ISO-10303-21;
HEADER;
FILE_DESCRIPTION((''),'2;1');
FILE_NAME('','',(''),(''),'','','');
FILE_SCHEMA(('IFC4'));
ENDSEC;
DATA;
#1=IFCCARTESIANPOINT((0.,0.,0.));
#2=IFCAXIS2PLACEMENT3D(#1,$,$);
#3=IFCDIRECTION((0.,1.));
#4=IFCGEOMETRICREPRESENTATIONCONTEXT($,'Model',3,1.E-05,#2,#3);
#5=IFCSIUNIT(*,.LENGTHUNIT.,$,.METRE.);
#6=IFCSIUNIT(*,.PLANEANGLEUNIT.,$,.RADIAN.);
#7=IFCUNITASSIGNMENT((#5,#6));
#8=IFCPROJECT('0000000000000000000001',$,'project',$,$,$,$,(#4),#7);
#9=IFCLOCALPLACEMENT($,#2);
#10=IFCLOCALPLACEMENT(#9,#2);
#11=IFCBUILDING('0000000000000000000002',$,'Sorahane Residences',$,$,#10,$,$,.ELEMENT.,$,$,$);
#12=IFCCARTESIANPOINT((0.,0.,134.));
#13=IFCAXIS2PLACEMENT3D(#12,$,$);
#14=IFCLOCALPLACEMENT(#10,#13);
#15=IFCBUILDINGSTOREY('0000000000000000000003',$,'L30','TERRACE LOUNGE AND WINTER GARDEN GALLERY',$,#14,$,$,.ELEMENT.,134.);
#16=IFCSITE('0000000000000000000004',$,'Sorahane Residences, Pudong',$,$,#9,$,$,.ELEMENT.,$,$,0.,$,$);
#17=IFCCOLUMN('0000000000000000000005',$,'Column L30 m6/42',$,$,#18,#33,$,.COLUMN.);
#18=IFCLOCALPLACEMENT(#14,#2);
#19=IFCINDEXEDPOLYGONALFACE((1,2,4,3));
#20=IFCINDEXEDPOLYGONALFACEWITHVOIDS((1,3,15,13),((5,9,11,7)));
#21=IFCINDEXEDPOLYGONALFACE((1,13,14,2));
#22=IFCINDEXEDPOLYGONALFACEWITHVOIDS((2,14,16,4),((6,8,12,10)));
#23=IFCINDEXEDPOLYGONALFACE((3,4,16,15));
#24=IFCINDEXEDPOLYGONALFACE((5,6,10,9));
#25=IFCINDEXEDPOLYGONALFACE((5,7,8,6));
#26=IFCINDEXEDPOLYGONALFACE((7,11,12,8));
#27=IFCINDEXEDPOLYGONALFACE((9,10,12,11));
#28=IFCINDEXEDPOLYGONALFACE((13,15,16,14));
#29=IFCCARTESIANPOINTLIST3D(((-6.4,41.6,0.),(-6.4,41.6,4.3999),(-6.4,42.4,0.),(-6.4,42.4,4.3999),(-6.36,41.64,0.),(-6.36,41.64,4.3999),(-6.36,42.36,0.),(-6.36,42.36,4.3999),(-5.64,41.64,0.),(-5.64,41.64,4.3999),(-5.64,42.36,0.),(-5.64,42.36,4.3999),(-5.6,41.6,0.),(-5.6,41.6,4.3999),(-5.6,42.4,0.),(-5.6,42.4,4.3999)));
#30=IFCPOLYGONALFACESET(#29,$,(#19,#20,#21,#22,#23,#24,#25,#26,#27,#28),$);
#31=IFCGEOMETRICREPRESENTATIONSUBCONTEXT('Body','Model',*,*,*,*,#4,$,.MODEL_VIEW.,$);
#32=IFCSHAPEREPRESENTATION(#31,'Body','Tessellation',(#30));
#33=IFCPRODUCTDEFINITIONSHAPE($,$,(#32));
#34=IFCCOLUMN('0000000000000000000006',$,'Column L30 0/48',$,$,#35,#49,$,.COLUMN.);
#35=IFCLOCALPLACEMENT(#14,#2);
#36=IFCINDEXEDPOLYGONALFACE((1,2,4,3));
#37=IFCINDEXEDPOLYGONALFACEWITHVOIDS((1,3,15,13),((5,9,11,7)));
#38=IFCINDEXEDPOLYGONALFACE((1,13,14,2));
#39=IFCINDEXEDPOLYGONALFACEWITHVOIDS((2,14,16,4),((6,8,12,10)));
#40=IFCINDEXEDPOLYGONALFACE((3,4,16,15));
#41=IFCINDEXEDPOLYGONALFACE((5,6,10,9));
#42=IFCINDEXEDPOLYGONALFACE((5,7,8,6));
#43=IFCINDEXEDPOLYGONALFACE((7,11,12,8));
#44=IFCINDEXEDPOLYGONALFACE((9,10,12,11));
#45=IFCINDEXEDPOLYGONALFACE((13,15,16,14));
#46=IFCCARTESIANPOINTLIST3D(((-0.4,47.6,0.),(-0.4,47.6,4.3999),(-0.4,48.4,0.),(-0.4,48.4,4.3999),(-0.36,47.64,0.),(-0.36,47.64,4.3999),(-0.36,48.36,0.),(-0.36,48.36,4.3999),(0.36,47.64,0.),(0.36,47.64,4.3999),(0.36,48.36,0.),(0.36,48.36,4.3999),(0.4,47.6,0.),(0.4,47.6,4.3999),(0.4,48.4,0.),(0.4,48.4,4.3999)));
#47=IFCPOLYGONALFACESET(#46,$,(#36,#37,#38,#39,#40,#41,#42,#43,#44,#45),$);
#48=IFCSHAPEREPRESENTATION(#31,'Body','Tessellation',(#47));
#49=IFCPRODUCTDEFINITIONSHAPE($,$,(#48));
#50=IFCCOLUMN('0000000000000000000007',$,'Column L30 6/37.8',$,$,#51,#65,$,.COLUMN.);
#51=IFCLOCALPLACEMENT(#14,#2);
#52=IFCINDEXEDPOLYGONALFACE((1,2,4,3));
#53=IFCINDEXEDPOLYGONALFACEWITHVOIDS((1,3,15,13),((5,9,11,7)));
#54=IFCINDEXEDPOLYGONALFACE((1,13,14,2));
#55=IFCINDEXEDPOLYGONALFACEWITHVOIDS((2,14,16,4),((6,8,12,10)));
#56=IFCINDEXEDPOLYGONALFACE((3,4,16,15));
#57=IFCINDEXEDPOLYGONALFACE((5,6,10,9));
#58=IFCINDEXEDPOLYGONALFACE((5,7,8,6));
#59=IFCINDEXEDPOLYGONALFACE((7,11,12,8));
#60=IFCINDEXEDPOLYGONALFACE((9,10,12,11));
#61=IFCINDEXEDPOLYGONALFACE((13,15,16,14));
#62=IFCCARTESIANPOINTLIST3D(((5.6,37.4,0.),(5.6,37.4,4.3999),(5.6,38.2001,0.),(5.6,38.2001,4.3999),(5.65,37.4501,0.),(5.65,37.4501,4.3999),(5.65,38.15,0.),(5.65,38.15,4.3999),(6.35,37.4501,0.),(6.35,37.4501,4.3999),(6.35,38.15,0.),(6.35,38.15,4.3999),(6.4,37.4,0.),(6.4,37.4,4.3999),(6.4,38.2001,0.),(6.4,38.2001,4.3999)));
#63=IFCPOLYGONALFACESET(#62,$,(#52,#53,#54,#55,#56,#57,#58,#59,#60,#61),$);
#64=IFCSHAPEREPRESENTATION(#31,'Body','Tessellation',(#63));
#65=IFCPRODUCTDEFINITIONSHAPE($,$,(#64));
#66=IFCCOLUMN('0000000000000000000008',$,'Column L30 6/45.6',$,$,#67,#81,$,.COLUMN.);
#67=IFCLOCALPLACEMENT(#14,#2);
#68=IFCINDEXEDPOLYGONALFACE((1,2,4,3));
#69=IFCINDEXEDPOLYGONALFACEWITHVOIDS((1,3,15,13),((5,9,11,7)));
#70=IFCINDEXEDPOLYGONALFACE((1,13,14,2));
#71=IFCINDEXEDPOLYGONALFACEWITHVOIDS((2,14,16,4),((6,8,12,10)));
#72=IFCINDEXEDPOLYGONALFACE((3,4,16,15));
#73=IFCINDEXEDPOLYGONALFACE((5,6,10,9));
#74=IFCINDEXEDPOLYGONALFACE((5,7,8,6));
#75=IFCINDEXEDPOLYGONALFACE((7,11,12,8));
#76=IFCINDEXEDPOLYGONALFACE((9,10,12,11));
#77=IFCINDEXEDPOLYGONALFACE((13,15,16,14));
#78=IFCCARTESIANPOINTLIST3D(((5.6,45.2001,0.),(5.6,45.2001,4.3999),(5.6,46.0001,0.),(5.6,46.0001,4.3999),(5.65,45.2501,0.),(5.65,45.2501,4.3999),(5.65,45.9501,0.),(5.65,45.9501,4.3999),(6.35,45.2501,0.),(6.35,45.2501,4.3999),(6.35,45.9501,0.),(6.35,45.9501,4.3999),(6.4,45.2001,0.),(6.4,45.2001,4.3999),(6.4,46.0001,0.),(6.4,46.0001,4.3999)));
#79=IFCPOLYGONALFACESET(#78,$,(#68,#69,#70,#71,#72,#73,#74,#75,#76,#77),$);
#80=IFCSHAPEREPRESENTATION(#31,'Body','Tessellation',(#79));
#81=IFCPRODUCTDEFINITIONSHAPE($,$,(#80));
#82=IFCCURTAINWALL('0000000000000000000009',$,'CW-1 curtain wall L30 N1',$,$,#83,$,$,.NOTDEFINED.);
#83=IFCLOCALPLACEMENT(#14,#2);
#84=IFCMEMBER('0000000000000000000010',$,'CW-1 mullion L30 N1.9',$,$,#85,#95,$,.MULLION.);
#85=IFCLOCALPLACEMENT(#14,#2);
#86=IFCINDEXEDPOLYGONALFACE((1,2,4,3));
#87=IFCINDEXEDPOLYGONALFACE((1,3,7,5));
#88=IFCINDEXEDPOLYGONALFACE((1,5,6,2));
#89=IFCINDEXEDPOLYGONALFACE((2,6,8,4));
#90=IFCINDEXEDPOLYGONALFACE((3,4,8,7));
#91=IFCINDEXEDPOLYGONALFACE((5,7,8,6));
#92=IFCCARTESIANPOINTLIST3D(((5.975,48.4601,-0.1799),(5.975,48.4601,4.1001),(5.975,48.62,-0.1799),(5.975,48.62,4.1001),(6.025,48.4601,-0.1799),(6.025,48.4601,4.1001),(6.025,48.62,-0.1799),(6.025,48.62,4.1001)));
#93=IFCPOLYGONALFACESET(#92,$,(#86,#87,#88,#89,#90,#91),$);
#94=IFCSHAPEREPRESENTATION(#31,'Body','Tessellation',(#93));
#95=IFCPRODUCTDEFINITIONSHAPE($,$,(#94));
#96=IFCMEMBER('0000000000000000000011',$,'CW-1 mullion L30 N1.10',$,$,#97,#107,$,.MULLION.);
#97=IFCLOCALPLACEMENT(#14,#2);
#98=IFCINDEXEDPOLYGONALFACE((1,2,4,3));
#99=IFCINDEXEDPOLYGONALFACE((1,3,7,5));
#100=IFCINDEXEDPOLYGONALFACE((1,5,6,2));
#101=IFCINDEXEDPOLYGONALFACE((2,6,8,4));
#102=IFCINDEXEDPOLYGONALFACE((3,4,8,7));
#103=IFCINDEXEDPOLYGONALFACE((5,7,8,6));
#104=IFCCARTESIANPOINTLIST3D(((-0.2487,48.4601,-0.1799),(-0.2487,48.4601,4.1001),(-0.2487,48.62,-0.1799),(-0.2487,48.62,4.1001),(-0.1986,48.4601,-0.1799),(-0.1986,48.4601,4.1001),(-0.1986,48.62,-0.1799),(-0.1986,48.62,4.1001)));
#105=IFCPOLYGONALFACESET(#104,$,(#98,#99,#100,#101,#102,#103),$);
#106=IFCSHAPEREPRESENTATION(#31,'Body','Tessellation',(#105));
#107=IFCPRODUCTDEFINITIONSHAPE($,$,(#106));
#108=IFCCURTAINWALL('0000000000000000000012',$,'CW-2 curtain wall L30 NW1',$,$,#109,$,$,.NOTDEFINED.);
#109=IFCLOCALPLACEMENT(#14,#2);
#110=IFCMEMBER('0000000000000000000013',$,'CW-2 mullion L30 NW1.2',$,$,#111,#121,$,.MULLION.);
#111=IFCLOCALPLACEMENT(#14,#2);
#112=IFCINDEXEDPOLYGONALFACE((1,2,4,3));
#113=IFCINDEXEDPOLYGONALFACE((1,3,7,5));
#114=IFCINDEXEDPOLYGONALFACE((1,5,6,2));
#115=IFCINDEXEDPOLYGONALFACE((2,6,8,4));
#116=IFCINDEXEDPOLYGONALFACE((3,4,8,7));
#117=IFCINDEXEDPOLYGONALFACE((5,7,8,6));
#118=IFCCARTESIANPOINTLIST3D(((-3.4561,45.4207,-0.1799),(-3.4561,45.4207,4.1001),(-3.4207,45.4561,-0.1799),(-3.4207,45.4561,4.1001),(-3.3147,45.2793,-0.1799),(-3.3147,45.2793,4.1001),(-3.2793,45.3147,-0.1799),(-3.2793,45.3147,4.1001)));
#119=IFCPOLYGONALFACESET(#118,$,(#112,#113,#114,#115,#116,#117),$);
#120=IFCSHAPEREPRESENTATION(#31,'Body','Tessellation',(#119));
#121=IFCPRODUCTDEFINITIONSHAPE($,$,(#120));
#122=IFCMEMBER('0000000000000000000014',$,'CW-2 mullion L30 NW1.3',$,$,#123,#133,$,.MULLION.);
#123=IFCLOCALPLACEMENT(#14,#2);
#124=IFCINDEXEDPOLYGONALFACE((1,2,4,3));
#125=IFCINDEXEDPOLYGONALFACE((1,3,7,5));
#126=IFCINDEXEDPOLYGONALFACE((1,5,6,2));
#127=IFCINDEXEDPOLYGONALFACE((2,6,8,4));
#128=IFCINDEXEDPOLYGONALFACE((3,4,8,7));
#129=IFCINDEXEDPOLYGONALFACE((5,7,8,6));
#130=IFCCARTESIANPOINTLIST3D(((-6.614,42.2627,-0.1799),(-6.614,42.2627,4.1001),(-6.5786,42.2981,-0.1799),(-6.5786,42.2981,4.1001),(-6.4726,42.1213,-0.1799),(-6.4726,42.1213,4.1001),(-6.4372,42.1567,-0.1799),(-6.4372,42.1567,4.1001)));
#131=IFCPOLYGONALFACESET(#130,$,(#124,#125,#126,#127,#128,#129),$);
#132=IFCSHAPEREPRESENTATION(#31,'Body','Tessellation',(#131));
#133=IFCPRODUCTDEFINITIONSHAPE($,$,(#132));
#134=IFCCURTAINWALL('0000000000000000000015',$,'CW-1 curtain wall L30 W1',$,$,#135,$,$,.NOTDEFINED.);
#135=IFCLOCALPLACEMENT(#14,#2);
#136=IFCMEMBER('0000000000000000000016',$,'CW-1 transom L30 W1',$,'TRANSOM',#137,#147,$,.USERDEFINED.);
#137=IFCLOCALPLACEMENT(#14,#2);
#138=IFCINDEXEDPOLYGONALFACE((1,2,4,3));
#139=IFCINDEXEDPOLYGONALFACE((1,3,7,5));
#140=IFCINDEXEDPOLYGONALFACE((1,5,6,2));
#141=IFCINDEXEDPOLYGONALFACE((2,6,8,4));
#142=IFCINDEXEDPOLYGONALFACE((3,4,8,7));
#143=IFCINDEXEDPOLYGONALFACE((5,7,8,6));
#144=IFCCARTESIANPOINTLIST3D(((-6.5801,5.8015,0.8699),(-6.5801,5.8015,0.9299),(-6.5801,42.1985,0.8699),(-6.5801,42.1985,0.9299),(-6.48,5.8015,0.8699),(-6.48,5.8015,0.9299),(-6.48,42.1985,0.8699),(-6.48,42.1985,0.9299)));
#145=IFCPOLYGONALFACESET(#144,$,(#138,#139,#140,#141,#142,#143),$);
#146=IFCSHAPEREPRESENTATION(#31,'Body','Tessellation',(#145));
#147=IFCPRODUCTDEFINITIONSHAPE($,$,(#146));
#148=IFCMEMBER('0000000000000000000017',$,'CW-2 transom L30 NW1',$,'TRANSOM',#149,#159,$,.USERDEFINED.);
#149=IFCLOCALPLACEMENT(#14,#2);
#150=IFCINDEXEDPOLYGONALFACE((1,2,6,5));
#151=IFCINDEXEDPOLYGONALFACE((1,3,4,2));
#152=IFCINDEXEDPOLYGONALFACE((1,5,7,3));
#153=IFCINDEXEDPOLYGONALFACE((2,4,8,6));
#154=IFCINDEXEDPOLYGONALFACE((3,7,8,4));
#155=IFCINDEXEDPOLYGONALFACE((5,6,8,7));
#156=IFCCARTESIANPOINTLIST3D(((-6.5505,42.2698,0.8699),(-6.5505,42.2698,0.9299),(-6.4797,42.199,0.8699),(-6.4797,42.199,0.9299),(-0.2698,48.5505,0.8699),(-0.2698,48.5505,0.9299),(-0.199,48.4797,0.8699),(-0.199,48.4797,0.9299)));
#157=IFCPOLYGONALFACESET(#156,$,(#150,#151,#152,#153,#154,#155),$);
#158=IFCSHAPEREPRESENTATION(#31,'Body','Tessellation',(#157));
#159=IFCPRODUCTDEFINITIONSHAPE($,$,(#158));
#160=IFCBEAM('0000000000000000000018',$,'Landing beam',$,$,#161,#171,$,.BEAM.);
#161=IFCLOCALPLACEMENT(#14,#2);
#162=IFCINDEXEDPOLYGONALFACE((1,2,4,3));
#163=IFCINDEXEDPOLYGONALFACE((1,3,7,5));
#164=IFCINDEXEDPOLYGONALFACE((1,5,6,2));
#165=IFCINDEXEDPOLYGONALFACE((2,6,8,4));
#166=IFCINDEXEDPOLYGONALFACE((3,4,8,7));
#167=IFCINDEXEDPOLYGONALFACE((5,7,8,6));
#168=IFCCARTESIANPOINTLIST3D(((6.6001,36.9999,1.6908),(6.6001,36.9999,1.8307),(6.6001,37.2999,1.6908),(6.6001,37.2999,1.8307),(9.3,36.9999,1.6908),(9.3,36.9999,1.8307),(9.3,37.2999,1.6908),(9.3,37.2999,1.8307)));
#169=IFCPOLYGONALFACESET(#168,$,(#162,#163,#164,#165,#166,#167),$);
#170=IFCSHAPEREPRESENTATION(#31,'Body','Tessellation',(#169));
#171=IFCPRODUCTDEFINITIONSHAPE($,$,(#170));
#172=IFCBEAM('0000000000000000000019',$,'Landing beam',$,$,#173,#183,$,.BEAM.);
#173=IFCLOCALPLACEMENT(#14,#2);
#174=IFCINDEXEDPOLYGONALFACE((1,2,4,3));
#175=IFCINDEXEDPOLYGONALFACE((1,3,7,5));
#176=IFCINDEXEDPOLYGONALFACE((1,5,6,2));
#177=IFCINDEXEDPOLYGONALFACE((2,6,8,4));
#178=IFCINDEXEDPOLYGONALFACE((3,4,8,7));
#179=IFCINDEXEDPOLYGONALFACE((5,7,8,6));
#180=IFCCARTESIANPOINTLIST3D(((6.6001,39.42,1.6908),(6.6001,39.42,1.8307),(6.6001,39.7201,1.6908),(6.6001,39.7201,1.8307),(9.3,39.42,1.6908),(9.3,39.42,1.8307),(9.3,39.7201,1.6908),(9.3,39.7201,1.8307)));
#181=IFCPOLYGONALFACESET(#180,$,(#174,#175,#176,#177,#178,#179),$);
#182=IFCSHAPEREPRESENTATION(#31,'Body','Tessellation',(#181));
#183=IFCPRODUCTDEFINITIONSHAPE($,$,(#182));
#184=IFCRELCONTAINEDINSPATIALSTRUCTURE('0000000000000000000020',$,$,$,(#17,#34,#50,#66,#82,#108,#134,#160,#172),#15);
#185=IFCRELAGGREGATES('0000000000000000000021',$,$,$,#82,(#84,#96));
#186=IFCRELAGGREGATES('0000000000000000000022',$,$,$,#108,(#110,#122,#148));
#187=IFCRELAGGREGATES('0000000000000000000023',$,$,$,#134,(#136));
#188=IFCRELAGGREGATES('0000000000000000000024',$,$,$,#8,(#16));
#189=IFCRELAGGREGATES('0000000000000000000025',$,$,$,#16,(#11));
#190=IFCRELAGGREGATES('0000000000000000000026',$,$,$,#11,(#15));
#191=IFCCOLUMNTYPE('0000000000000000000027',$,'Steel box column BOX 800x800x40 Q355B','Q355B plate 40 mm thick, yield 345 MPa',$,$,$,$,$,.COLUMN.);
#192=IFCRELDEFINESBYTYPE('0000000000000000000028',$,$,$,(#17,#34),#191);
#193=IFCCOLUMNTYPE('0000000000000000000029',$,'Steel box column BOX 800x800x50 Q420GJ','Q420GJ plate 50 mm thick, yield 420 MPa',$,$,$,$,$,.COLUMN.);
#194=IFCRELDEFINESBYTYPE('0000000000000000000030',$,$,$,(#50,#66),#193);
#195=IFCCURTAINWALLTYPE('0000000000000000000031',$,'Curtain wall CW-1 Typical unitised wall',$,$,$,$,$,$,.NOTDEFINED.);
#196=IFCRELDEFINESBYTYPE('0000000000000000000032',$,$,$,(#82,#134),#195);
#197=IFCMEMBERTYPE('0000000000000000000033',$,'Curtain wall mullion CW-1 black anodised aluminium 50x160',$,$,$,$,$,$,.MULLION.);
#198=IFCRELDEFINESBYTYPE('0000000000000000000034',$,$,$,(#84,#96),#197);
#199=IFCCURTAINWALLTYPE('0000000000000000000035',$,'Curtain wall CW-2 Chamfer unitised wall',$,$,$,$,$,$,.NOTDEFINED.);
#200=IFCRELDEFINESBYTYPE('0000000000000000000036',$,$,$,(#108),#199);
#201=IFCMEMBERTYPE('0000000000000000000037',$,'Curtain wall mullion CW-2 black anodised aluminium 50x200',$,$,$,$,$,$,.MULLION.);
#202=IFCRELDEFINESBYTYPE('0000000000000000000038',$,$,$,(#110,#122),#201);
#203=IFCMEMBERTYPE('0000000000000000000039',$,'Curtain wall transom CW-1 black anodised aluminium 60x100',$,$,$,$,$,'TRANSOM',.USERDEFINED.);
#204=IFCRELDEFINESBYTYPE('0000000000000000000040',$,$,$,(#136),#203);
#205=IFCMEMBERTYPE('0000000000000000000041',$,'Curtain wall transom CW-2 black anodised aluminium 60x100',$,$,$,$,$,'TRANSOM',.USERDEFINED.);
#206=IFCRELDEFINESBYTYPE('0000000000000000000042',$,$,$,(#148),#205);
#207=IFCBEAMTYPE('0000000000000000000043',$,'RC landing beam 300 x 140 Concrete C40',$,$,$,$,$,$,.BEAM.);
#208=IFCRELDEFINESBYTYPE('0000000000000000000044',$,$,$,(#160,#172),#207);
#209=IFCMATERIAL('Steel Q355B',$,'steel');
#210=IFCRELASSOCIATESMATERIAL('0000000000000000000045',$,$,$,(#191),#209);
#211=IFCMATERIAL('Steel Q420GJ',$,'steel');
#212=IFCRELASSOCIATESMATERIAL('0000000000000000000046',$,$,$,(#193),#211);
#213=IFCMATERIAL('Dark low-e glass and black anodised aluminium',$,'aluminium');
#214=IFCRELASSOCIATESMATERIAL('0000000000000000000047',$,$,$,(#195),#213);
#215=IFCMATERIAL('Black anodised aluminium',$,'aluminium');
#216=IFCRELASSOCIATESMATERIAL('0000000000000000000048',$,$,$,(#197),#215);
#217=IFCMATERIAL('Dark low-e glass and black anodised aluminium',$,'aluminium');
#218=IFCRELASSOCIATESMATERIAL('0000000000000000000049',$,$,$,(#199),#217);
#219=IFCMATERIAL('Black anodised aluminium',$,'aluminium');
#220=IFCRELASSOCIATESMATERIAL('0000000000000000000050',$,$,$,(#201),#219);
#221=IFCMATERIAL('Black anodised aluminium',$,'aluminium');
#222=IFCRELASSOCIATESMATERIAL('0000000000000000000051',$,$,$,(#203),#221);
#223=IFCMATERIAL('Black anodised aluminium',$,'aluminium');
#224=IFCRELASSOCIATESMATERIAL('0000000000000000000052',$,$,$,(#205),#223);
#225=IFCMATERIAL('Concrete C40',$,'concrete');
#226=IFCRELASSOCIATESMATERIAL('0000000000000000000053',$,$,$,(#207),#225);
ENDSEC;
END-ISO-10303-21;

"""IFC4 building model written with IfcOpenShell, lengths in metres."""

from ifc_helpers import new_model, si_unit, direction, frame, origin, origin_2d, place, context, subcontext, project, spatial, rectangle, hollow_rectangle, extrude, material, material_profile, profile_set, type_object, element, aggregate, save


model = new_model("IFC4")

# Units and contexts
model_context = context("Model", 3, precision=1e-05, world=origin(), true_north=direction((0.0, 1.0)))
body_context = subcontext(model_context, "Body", "Model", "MODEL_VIEW")
ifc_project = project(units=[si_unit("LENGTHUNIT", "METRE"), si_unit("PLANEANGLEUNIT", "RADIAN")], contexts=[model_context])

# Site, building, storey
site_placement = place(None, origin())
site = spatial("IfcSite", under=ifc_project, at=site_placement, Name="Sorahane Residences, Pudong", CompositionType="ELEMENT", RefElevation=0.0)
building_placement = place(site_placement, origin())
building = spatial("IfcBuilding", under=site, at=building_placement, Name="Sorahane Residences", CompositionType="ELEMENT")
storey_placement = place(building_placement, frame((0.0, 0.0, 134.0)))
storey = spatial("IfcBuildingStorey", under=building, at=storey_placement, Name="L30", Description="TERRACE LOUNGE AND WINTER GARDEN GALLERY", CompositionType="ELEMENT", Elevation=134.0)

# Columns
ifc_material_1 = material(Name="Steel Q355B", Category="steel")
ifc_material_profile_1 = material_profile(ifc_material_1, hollow_rectangle(XDim=0.8, YDim=0.8, WallThickness=0.04, at=origin_2d()), Name="BOX 800x800x40")
ifc_profile_set_1 = profile_set([ifc_material_profile_1], Name="Steel Q355B")
column_type_1 = type_object("IfcColumnType", Name="Steel box column BOX 800x800x40 Q355B", Description="Q355B plate 40 mm thick, yield 345 MPa", PredefinedType="COLUMN", material=ifc_profile_set_1)
for number, where, z_axis, x_axis, name in (
    (1, (-6.0, 42.0, 0.0), (0.0, 0.0, 1.0), (1.0, 0.0, 0.0), "Column L30 m6/42"),
    (2, (0.0, 48.0, 0.0), (0.0, 0.0, 1.0), (1.0, 0.0, 0.0), "Column L30 0/48"),
):
    element("IfcColumn", number, at=place(storey_placement, frame(where, z_axis=z_axis, x_axis=x_axis)), inside=storey, type_object=column_type_1, Name=name, PredefinedType="COLUMN", context=body_context, shape_type="SweptSolid", body=[
        extrude(hollow_rectangle(XDim=0.8, YDim=0.8, WallThickness=0.04, at=origin_2d()), origin(), (0.0, 0.0, 1.0), 4.3999),
    ])
ifc_material_2 = material(Name="Steel Q420GJ", Category="steel")
ifc_material_profile_2 = material_profile(ifc_material_2, hollow_rectangle(XDim=0.8, YDim=0.8, WallThickness=0.05, at=origin_2d()), Name="BOX 800x800x50")
ifc_profile_set_2 = profile_set([ifc_material_profile_2], Name="Steel Q420GJ")
column_type_2 = type_object("IfcColumnType", Name="Steel box column BOX 800x800x50 Q420GJ", Description="Q420GJ plate 50 mm thick, yield 420 MPa", PredefinedType="COLUMN", material=ifc_profile_set_2)
for number, where, z_axis, x_axis, name in (
    (3, (6.0, 37.8, 0.0), (0.0, 0.0, 1.0), (1.0, 0.0, 0.0), "Column L30 6/37.8"),
    (4, (6.0, 45.6001, 0.0), (0.0, 0.0, 1.0), (1.0, 0.0, 0.0), "Column L30 6/45.6"),
):
    element("IfcColumn", number, at=place(storey_placement, frame(where, z_axis=z_axis, x_axis=x_axis)), inside=storey, type_object=column_type_2, Name=name, PredefinedType="COLUMN", context=body_context, shape_type="SweptSolid", body=[
        extrude(hollow_rectangle(XDim=0.8, YDim=0.8, WallThickness=0.05, at=origin_2d()), origin(), (0.0, 0.0, 1.0), 4.3999),
    ])

# Curtain walls, members
ifc_material_3 = material(Name="Dark low-e glass and black anodised aluminium", Category="aluminium")
curtain_wall_type_1 = type_object("IfcCurtainWallType", Name="Curtain wall CW-1 Typical unitised wall", PredefinedType="NOTDEFINED", material=ifc_material_3)
curtain_wall_1_placement = place(storey_placement, origin())
curtain_wall_1 = element("IfcCurtainWall", 5, at=curtain_wall_1_placement, inside=storey, type_object=curtain_wall_type_1, Name="CW-1 curtain wall L30 N1", PredefinedType="NOTDEFINED")
ifc_material_4 = material(Name="Black anodised aluminium", Category="aluminium")
ifc_material_profile_3 = material_profile(ifc_material_4, rectangle(XDim=0.1599, YDim=0.05, at=origin_2d()), Name="Curtain wall mullion CW-1 black anodised aluminium 50x160")
ifc_profile_set_3 = profile_set([ifc_material_profile_3], Name="Black anodised aluminium")
member_type_1 = type_object("IfcMemberType", Name="Curtain wall mullion CW-1 black anodised aluminium 50x160", PredefinedType="MULLION", material=ifc_profile_set_3)
member_1_placement = place(storey_placement, frame((6.0, 48.54, -0.1799), z_axis=(0.0, 0.0, 1.0), x_axis=(0.0, 1.0, 0.0)))
member_1 = element("IfcMember", 6, at=member_1_placement, type_object=member_type_1, Name="CW-1 mullion L30 N1.9", PredefinedType="MULLION", context=body_context, shape_type="SweptSolid", body=[
    extrude(rectangle(XDim=0.1599, YDim=0.05, at=origin_2d()), origin(), (0.0, 0.0, 1.0), 4.28),
])
member_2_placement = place(storey_placement, frame((-0.2236, 48.54, -0.1799), z_axis=(0.0, 0.0, 1.0), x_axis=(0.0, 1.0, 0.0)))
member_2 = element("IfcMember", 7, at=member_2_placement, type_object=member_type_1, Name="CW-1 mullion L30 N1.10", PredefinedType="MULLION", context=body_context, shape_type="SweptSolid", body=[
    extrude(rectangle(XDim=0.1599, YDim=0.05, at=origin_2d()), origin(), (0.0, 0.0, 1.0), 4.28),
])
ifc_material_5 = material(Name="Dark low-e glass and black anodised aluminium", Category="aluminium")
curtain_wall_type_2 = type_object("IfcCurtainWallType", Name="Curtain wall CW-2 Chamfer unitised wall", PredefinedType="NOTDEFINED", material=ifc_material_5)
curtain_wall_2_placement = place(storey_placement, origin())
curtain_wall_2 = element("IfcCurtainWall", 8, at=curtain_wall_2_placement, inside=storey, type_object=curtain_wall_type_2, Name="CW-2 curtain wall L30 NW1", PredefinedType="NOTDEFINED")
ifc_material_6 = material(Name="Black anodised aluminium", Category="aluminium")
ifc_material_profile_4 = material_profile(ifc_material_6, rectangle(XDim=0.2, YDim=0.05, at=origin_2d()), Name="Curtain wall mullion CW-2 black anodised aluminium 50x200")
ifc_profile_set_4 = profile_set([ifc_material_profile_4], Name="Black anodised aluminium")
member_type_2 = type_object("IfcMemberType", Name="Curtain wall mullion CW-2 black anodised aluminium 50x200", PredefinedType="MULLION", material=ifc_profile_set_4)
member_3_placement = place(storey_placement, frame((-3.3677, 45.3677, -0.1799), z_axis=(0.0, 0.0, 1.0), x_axis=(-0.707107, 0.707107, 0.0)))
member_3 = element("IfcMember", 9, at=member_3_placement, type_object=member_type_2, Name="CW-2 mullion L30 NW1.2", PredefinedType="MULLION", context=body_context, shape_type="SweptSolid", body=[
    extrude(rectangle(XDim=0.2, YDim=0.05, at=origin_2d()), origin(), (0.0, 0.0, 1.0), 4.28),
])
member_4_placement = place(storey_placement, frame((-6.5256, 42.2097, -0.1799), z_axis=(0.0, 0.0, 1.0), x_axis=(-0.707107, 0.707107, 0.0)))
member_4 = element("IfcMember", 10, at=member_4_placement, type_object=member_type_2, Name="CW-2 mullion L30 NW1.3", PredefinedType="MULLION", context=body_context, shape_type="SweptSolid", body=[
    extrude(rectangle(XDim=0.2, YDim=0.05, at=origin_2d()), origin(), (0.0, 0.0, 1.0), 4.28),
])

# Curtain wall, member
curtain_wall_3_placement = place(storey_placement, origin())
curtain_wall_3 = element("IfcCurtainWall", 11, at=curtain_wall_3_placement, inside=storey, type_object=curtain_wall_type_1, Name="CW-1 curtain wall L30 W1", PredefinedType="NOTDEFINED")
ifc_material_7 = material(Name="Black anodised aluminium", Category="aluminium")
ifc_material_profile_5 = material_profile(ifc_material_7, rectangle(XDim=0.1001, YDim=0.0601, at=origin_2d()), Name="Curtain wall transom CW-1 black anodised aluminium 60x100")
ifc_profile_set_5 = profile_set([ifc_material_profile_5], Name="Black anodised aluminium")
member_type_3 = type_object("IfcMemberType", Name="Curtain wall transom CW-1 black anodised aluminium 60x100", ElementType="TRANSOM", PredefinedType="USERDEFINED", material=ifc_profile_set_5)
member_5_placement = place(storey_placement, frame((-6.53, 42.1985, 0.8999), z_axis=(0.0, -1.0, 0.0), x_axis=(1.0, 0.0, 0.0)))
member_5 = element("IfcMember", 12, at=member_5_placement, type_object=member_type_3, Name="CW-1 transom L30 W1", ObjectType="TRANSOM", PredefinedType="USERDEFINED", context=body_context, shape_type="SweptSolid", body=[
    extrude(rectangle(XDim=0.1001, YDim=0.0601, at=origin_2d()), origin(), (0.0, 0.0, 1.0), 36.397),
])

# Member
ifc_material_8 = material(Name="Black anodised aluminium", Category="aluminium")
ifc_material_profile_6 = material_profile(ifc_material_8, rectangle(XDim=0.1001, YDim=0.0601, at=origin_2d()), Name="Curtain wall transom CW-2 black anodised aluminium 60x100")
ifc_profile_set_6 = profile_set([ifc_material_profile_6], Name="Black anodised aluminium")
member_type_4 = type_object("IfcMemberType", Name="Curtain wall transom CW-2 black anodised aluminium 60x100", ElementType="TRANSOM", PredefinedType="USERDEFINED", material=ifc_profile_set_6)
member_6_placement = place(storey_placement, frame((-0.2344, 48.5151, 0.8999), z_axis=(-0.707107, -0.707107, 0.0), x_axis=(0.707107, -0.707107, 0.0)))
member_6 = element("IfcMember", 13, at=member_6_placement, type_object=member_type_4, Name="CW-2 transom L30 NW1", ObjectType="TRANSOM", PredefinedType="USERDEFINED", context=body_context, shape_type="SweptSolid", body=[
    extrude(rectangle(XDim=0.1001, YDim=0.0601, at=origin_2d()), origin(), (0.0, 0.0, 1.0), 8.8823),
])

# Beams
ifc_material_9 = material(Name="Concrete C40", Category="concrete")
ifc_material_profile_7 = material_profile(ifc_material_9, rectangle(XDim=0.3, YDim=0.1399, at=origin_2d()), Name="300x140")
ifc_profile_set_7 = profile_set([ifc_material_profile_7], Name="Concrete C40")
beam_type_1 = type_object("IfcBeamType", Name="RC landing beam 300 x 140 Concrete C40", PredefinedType="BEAM", material=ifc_profile_set_7)
for number, where, z_axis, x_axis, name in (
    (14, (6.6001, 37.1499, 1.7607), (1.0, 0.0, 0.0), (0.0, 1.0, 0.0), "Landing beam"),
    (15, (6.6001, 39.5701, 1.7607), (1.0, 0.0, 0.0), (0.0, 1.0, 0.0), "Landing beam"),
):
    element("IfcBeam", number, at=place(storey_placement, frame(where, z_axis=z_axis, x_axis=x_axis)), inside=storey, type_object=beam_type_1, Name=name, PredefinedType="BEAM", context=body_context, shape_type="SweptSolid", body=[
        extrude(rectangle(XDim=0.3, YDim=0.1399, at=origin_2d()), origin(), (0.0, 0.0, 1.0), 2.7),
    ])

aggregate(curtain_wall_1, [member_1, member_2])
aggregate(curtain_wall_2, [member_3, member_4, member_6])
aggregate(curtain_wall_3, [member_5])

save(model, "model.ifc")
